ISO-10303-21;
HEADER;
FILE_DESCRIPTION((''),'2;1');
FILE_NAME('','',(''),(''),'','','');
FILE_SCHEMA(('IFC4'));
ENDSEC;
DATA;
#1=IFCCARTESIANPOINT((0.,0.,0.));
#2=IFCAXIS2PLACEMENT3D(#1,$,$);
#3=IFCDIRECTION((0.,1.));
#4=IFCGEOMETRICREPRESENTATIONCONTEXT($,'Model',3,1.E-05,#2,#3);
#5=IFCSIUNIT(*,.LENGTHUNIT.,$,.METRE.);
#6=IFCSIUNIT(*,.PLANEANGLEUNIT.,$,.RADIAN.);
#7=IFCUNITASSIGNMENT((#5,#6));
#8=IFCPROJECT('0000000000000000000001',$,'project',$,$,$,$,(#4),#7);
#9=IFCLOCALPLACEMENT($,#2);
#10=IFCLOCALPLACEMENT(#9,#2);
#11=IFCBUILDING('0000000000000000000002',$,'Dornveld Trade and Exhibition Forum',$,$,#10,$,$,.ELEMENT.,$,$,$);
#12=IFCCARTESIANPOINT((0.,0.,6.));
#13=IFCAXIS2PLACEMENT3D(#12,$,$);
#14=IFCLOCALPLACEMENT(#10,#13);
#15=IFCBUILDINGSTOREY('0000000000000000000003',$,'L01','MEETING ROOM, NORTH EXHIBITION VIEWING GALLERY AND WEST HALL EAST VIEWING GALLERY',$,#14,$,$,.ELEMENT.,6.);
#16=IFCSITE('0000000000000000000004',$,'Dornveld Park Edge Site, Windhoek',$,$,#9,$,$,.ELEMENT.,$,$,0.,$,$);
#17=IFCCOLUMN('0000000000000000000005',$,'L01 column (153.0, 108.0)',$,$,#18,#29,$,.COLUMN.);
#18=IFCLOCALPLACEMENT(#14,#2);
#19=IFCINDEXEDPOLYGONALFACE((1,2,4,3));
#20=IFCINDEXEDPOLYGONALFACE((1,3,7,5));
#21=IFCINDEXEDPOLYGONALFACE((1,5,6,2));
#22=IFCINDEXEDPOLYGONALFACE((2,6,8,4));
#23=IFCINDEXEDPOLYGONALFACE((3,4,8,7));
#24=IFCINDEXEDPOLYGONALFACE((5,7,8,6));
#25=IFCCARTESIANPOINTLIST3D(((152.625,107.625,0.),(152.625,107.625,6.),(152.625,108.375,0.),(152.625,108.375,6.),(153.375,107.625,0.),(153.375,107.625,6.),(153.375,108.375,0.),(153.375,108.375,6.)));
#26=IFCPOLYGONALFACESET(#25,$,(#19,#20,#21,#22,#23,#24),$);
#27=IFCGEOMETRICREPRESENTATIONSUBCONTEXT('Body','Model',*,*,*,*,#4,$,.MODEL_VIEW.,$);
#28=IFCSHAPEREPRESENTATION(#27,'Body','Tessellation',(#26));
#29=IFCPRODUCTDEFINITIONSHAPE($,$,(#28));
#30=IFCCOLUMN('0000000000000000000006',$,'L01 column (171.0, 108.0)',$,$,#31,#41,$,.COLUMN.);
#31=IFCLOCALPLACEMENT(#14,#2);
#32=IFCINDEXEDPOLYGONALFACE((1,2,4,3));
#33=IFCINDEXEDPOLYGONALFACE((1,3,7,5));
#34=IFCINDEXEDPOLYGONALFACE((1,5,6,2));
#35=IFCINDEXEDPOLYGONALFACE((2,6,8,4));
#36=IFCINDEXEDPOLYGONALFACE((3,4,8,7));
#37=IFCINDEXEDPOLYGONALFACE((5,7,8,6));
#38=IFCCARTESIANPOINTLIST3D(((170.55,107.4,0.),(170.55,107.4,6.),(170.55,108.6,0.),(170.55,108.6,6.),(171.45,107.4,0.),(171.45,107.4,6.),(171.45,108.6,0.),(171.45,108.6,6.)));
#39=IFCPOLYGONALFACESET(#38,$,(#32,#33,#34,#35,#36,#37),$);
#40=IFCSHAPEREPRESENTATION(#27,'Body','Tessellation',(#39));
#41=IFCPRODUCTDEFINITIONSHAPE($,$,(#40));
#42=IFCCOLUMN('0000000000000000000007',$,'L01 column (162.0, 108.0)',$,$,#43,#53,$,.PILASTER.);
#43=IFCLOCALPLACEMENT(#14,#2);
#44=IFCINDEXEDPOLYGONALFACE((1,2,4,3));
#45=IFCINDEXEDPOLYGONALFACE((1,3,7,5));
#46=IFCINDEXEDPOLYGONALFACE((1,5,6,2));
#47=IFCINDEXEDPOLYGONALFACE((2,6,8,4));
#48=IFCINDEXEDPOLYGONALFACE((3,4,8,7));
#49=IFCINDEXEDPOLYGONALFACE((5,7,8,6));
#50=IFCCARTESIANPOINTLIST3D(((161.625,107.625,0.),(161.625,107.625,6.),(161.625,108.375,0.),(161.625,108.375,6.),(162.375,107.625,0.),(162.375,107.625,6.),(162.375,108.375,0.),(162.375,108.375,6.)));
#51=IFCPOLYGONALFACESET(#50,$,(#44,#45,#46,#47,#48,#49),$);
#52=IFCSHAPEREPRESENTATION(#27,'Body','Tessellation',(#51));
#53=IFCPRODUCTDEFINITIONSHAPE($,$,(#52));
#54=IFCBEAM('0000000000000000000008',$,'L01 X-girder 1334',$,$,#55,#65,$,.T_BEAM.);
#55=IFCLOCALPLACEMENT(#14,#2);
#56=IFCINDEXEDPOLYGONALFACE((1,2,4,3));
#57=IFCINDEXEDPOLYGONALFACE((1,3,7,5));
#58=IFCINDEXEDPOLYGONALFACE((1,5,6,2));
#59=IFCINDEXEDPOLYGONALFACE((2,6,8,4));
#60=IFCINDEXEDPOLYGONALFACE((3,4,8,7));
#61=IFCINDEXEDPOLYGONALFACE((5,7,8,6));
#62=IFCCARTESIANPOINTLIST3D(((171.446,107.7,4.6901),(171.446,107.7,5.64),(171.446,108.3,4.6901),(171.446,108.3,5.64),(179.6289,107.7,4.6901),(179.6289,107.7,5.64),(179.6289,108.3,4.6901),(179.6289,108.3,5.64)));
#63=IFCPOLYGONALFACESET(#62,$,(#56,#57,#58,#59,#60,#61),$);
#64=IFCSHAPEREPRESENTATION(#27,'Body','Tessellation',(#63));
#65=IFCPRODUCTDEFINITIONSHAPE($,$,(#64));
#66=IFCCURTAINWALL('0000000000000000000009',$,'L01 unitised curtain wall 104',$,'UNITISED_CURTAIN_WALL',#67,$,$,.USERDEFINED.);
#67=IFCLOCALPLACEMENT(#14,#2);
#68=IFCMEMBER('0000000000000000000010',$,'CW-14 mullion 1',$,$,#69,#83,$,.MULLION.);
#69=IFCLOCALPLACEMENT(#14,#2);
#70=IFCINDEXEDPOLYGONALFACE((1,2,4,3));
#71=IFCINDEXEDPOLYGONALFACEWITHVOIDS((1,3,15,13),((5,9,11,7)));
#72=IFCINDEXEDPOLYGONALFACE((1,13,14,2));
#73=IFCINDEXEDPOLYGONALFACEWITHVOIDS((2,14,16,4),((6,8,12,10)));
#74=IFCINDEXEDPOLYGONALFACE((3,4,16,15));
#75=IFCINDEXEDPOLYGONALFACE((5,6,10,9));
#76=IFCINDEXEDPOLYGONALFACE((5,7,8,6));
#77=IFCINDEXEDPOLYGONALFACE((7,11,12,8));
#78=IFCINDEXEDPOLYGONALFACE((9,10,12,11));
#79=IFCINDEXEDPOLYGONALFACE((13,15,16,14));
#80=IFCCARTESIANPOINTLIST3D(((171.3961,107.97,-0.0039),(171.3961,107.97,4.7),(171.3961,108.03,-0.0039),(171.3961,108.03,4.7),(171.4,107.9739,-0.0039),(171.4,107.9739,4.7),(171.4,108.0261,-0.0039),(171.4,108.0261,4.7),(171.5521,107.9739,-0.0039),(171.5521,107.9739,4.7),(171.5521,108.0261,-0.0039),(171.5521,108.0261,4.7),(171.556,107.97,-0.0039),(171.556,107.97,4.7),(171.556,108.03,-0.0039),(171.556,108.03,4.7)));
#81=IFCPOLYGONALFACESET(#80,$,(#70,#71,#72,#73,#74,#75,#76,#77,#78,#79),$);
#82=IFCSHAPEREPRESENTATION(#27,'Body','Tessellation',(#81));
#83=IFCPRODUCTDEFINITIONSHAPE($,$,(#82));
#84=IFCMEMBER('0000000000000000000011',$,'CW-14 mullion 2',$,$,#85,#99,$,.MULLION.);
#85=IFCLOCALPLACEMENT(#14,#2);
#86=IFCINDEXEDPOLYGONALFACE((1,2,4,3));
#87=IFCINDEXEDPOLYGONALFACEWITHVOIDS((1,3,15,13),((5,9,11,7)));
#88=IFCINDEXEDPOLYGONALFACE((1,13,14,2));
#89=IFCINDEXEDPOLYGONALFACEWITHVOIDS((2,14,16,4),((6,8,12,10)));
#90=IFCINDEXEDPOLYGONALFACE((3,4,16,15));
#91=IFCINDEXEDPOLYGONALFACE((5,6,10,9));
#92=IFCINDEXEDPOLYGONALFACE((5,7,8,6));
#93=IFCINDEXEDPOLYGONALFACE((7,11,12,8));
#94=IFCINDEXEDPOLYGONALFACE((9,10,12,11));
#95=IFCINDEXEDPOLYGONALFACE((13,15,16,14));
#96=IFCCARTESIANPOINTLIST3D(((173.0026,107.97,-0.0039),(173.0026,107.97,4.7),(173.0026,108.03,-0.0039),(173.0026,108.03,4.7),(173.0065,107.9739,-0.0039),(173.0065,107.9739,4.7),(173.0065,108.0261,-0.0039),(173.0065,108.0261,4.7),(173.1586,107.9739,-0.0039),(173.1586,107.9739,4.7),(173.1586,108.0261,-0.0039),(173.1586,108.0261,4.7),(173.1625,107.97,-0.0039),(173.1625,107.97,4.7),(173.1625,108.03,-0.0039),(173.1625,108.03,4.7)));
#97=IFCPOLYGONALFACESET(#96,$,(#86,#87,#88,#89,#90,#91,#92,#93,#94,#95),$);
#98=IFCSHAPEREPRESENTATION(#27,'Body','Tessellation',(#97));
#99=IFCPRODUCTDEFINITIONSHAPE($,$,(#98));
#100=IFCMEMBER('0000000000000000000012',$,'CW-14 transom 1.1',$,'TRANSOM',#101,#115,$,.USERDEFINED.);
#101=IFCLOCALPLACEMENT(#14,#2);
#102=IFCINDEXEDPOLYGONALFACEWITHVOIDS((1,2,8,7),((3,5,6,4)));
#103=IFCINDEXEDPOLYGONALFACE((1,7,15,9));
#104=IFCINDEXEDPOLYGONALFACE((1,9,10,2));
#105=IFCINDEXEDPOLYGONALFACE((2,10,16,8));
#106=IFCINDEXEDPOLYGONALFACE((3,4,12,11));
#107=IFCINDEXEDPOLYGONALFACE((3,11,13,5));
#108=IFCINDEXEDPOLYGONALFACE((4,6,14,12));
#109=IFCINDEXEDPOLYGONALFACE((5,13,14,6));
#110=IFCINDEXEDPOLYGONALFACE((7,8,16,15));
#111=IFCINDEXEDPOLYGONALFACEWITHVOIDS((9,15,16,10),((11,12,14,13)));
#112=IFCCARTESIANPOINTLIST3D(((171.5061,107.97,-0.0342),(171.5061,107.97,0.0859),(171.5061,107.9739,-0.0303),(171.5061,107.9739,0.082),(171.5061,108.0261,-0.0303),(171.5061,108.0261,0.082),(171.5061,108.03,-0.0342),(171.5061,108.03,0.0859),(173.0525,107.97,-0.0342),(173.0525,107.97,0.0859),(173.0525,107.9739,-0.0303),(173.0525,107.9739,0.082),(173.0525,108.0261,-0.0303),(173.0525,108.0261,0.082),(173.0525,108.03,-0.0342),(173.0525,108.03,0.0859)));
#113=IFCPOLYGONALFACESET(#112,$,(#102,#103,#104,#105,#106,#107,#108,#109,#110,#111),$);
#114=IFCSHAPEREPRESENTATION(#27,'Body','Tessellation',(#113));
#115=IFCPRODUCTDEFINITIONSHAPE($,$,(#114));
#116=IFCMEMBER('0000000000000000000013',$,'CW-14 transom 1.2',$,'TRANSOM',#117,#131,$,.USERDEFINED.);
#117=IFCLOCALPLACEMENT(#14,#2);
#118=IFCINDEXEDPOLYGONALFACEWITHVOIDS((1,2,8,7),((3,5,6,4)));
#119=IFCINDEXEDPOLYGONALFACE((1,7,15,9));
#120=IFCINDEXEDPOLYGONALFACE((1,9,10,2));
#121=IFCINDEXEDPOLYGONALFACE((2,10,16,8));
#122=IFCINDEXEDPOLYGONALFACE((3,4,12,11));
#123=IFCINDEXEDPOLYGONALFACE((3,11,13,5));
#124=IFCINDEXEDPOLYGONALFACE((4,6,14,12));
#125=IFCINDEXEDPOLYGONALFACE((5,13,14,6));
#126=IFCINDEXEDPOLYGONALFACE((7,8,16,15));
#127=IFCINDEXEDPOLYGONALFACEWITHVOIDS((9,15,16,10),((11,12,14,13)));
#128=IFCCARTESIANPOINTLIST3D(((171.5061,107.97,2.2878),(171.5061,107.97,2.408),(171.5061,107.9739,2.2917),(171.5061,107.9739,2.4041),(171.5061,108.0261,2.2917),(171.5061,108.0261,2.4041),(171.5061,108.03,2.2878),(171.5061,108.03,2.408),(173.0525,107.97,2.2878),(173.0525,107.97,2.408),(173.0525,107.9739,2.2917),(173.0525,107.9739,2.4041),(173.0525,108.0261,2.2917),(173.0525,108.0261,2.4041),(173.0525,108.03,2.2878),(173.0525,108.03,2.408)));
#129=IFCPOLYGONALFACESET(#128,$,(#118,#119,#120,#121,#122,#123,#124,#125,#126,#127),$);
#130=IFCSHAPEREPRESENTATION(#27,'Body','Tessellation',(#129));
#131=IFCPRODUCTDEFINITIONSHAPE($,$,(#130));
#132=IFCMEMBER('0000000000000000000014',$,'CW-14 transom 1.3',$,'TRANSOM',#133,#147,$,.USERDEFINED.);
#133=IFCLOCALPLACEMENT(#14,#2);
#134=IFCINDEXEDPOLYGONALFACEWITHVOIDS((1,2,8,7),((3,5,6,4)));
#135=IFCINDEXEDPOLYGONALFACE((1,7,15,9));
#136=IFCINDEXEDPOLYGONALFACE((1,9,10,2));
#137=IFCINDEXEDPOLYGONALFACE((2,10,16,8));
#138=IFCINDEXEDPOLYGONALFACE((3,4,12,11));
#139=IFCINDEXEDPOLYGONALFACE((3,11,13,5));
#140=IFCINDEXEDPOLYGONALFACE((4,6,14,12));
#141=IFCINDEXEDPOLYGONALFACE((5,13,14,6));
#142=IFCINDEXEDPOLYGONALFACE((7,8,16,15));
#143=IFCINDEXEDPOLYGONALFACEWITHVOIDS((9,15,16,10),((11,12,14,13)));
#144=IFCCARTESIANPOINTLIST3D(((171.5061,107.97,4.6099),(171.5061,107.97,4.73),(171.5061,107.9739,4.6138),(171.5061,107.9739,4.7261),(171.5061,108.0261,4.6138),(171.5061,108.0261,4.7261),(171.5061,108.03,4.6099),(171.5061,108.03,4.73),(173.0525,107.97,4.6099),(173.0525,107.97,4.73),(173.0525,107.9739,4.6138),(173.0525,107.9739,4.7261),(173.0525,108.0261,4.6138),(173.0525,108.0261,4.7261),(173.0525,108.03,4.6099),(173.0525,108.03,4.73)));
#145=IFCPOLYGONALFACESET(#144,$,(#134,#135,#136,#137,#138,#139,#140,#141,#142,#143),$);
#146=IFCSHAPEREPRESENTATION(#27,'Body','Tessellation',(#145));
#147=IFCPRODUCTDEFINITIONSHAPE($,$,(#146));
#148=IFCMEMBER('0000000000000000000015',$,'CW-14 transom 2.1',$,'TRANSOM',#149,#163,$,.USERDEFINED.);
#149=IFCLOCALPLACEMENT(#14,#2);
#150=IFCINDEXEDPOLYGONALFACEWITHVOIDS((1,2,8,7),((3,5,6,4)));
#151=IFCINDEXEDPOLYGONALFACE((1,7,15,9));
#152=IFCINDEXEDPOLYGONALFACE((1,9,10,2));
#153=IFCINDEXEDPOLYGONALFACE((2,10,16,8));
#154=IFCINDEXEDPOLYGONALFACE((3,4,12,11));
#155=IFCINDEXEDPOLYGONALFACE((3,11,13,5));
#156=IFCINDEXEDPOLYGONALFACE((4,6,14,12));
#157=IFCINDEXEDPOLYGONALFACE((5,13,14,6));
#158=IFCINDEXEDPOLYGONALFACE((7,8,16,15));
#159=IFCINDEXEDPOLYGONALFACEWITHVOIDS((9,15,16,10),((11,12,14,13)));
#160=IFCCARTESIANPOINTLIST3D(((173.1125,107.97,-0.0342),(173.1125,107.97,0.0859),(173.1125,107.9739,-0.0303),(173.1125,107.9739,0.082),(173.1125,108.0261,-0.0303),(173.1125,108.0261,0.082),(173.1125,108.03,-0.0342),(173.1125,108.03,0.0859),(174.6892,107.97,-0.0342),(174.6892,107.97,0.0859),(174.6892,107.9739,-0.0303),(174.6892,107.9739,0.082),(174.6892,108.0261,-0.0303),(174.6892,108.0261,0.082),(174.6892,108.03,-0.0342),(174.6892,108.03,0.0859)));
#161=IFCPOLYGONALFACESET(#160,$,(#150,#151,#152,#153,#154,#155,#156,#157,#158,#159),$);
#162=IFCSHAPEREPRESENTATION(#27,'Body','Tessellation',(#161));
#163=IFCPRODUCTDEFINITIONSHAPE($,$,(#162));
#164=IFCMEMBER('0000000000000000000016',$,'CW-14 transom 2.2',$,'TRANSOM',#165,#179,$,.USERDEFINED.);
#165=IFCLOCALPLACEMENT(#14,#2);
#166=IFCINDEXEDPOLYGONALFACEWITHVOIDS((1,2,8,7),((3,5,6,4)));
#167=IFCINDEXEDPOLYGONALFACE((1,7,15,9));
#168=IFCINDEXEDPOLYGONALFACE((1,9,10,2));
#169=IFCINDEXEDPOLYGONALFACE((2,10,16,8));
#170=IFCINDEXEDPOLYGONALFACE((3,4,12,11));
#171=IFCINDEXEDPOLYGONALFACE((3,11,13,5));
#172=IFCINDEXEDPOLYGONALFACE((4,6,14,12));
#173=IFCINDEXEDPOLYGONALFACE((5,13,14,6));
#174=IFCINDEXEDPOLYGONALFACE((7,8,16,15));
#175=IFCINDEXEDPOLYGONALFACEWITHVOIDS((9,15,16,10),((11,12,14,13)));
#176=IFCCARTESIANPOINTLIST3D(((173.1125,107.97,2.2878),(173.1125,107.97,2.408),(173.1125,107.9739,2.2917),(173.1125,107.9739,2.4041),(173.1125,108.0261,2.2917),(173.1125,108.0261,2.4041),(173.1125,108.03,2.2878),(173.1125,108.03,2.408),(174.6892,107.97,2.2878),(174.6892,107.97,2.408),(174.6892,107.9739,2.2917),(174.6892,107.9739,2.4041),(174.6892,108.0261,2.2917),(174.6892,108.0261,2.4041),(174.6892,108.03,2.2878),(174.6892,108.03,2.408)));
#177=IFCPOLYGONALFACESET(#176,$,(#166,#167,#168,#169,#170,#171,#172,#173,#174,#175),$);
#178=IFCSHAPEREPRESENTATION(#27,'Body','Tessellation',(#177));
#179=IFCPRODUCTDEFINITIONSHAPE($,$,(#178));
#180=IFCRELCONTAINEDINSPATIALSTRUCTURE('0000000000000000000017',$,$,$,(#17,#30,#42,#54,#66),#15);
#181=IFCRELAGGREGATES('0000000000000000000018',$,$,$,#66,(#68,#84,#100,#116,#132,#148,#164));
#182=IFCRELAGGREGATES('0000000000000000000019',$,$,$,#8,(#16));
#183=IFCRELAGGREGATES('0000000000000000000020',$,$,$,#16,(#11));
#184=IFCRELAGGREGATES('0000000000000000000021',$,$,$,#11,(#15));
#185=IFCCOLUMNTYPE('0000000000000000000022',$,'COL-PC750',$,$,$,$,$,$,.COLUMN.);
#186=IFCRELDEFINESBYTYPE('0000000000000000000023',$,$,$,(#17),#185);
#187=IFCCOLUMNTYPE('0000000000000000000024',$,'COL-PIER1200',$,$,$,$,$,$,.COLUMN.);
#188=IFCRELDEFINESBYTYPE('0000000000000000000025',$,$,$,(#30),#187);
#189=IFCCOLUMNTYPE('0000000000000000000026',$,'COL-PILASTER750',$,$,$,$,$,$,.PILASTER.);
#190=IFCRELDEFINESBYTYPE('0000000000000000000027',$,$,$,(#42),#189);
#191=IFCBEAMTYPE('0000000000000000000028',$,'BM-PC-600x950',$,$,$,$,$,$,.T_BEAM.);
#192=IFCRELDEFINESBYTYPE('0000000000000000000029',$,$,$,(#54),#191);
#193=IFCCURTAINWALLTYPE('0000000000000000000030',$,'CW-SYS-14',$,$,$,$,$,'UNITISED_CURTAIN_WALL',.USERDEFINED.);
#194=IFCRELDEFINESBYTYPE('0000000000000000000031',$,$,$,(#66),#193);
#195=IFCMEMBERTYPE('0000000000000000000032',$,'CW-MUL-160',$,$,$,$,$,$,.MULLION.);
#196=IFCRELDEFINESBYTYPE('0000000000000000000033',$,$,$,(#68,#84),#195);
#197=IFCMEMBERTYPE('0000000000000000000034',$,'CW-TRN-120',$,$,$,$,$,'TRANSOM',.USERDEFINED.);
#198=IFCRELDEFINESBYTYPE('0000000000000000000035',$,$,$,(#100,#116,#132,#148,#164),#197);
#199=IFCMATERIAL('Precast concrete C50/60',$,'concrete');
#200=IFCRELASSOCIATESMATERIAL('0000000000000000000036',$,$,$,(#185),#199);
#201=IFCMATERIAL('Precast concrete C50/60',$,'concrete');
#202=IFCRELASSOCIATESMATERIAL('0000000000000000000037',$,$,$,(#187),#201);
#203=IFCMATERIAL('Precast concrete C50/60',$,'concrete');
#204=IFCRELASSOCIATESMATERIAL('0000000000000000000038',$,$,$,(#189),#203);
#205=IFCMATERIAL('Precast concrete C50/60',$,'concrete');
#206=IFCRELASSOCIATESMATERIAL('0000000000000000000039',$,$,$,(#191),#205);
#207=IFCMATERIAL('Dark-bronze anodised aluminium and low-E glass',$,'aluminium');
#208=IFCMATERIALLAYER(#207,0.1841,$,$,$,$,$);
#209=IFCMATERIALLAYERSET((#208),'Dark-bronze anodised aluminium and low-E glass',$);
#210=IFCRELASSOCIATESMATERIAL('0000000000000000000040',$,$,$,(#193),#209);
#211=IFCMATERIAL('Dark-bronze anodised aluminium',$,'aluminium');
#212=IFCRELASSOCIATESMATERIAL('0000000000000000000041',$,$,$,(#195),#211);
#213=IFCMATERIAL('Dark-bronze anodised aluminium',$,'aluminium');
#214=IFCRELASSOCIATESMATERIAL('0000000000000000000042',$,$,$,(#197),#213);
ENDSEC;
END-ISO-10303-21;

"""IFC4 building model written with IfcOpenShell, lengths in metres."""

from ifc_helpers import new_model, si_unit, direction, frame, origin, origin_2d, place, context, subcontext, project, spatial, rectangle, hollow_rectangle, extrude, material, layer, layer_set, material_profile, profile_set, type_object, element, aggregate, save


model = new_model("IFC4")

# Units and contexts
model_context = context("Model", 3, precision=1e-05, world=origin(), true_north=direction((0.0, 1.0)))
body_context = subcontext(model_context, "Body", "Model", "MODEL_VIEW")
ifc_project = project(units=[si_unit("LENGTHUNIT", "METRE"), si_unit("PLANEANGLEUNIT", "RADIAN")], contexts=[model_context])

# Site, building, storey
site_placement = place(None, origin())
site = spatial("IfcSite", under=ifc_project, at=site_placement, Name="Dornveld Park Edge Site, Windhoek", CompositionType="ELEMENT", RefElevation=0.0)
building_placement = place(site_placement, origin())
building = spatial("IfcBuilding", under=site, at=building_placement, Name="Dornveld Trade and Exhibition Forum", CompositionType="ELEMENT")
storey_placement = place(building_placement, frame((0.0, 0.0, 6.0)))
storey = spatial("IfcBuildingStorey", under=building, at=storey_placement, Name="L01", Description="MEETING ROOM, NORTH EXHIBITION VIEWING GALLERY AND WEST HALL EAST VIEWING GALLERY", CompositionType="ELEMENT", Elevation=6.0)

# Columns
ifc_material_1 = material(Name="Precast concrete C50/60", Category="concrete")
ifc_material_profile_1 = material_profile(ifc_material_1, rectangle(XDim=0.75, YDim=0.75, at=origin_2d()), Name="PC-COL 750x750")
ifc_profile_set_1 = profile_set([ifc_material_profile_1], Name="Precast concrete C50/60")
column_type_1 = type_object("IfcColumnType", Name="COL-PC750", PredefinedType="COLUMN", material=ifc_profile_set_1)
column_1_placement = place(storey_placement, frame((153.0, 108.0, 0.0), z_axis=(0.0, 0.0, 1.0), x_axis=(1.0, 0.0, 0.0)))
element("IfcColumn", 1, at=column_1_placement, inside=storey, type_object=column_type_1, Name="L01 column (153.0, 108.0)", PredefinedType="COLUMN", context=body_context, shape_type="SweptSolid", body=[
    extrude(rectangle(XDim=0.75, YDim=0.75, at=origin_2d()), origin(), (0.0, 0.0, 1.0), 6.0),
])
ifc_material_2 = material(Name="Precast concrete C50/60", Category="concrete")
ifc_material_profile_2 = material_profile(ifc_material_2, rectangle(XDim=1.2, YDim=0.8999, at=origin_2d()), Name="PC-PIER 1200x900")
ifc_profile_set_2 = profile_set([ifc_material_profile_2], Name="Precast concrete C50/60")
column_type_2 = type_object("IfcColumnType", Name="COL-PIER1200", PredefinedType="COLUMN", material=ifc_profile_set_2)
column_2_placement = place(storey_placement, frame((171.0, 108.0, 0.0), z_axis=(0.0, 0.0, 1.0), x_axis=(0.0, 1.0, 0.0)))
element("IfcColumn", 2, at=column_2_placement, inside=storey, type_object=column_type_2, Name="L01 column (171.0, 108.0)", PredefinedType="COLUMN", context=body_context, shape_type="SweptSolid", body=[
    extrude(rectangle(XDim=1.2, YDim=0.8999, at=origin_2d()), origin(), (0.0, 0.0, 1.0), 6.0),
])
ifc_material_3 = material(Name="Precast concrete C50/60", Category="concrete")
ifc_material_profile_3 = material_profile(ifc_material_3, rectangle(XDim=0.75, YDim=0.75, at=origin_2d()), Name="PC-COL 750x750")
ifc_profile_set_3 = profile_set([ifc_material_profile_3], Name="Precast concrete C50/60")
column_type_3 = type_object("IfcColumnType", Name="COL-PILASTER750", PredefinedType="PILASTER", material=ifc_profile_set_3)
column_3_placement = place(storey_placement, frame((162.0, 108.0, 0.0), z_axis=(0.0, 0.0, 1.0), x_axis=(1.0, 0.0, 0.0)))
element("IfcColumn", 3, at=column_3_placement, inside=storey, type_object=column_type_3, Name="L01 column (162.0, 108.0)", PredefinedType="PILASTER", context=body_context, shape_type="SweptSolid", body=[
    extrude(rectangle(XDim=0.75, YDim=0.75, at=origin_2d()), origin(), (0.0, 0.0, 1.0), 6.0),
])

# Beam
ifc_material_4 = material(Name="Precast concrete C50/60", Category="concrete")
ifc_material_profile_4 = material_profile(ifc_material_4, rectangle(XDim=0.6001, YDim=0.95, at=origin_2d()), Name="PC-GIR 600x950")
ifc_profile_set_4 = profile_set([ifc_material_profile_4], Name="Precast concrete C50/60")
beam_type = type_object("IfcBeamType", Name="BM-PC-600x950", PredefinedType="T_BEAM", material=ifc_profile_set_4)
beam_placement = place(storey_placement, frame((171.446, 108.0, 5.165), z_axis=(1.0, 0.0, 0.0), x_axis=(0.0, 1.0, 0.0)))
element("IfcBeam", 4, at=beam_placement, inside=storey, type_object=beam_type, Name="L01 X-girder 1334", PredefinedType="T_BEAM", context=body_context, shape_type="SweptSolid", body=[
    extrude(rectangle(XDim=0.6001, YDim=0.95, at=origin_2d()), origin(), (0.0, 0.0, 1.0), 8.1829),
])

# Curtain wall, members
ifc_material_5 = material(Name="Dark-bronze anodised aluminium and low-E glass", Category="aluminium")
ifc_layer_1 = layer(ifc_material_5, 0.1841)
ifc_layer_set_1 = layer_set([ifc_layer_1], Name="Dark-bronze anodised aluminium and low-E glass")
curtain_wall_type = type_object("IfcCurtainWallType", Name="CW-SYS-14", ElementType="UNITISED_CURTAIN_WALL", PredefinedType="USERDEFINED", material=ifc_layer_set_1)
curtain_wall_placement = place(storey_placement, origin())
curtain_wall = element("IfcCurtainWall", 5, at=curtain_wall_placement, inside=storey, type_object=curtain_wall_type, Name="L01 unitised curtain wall 104", ObjectType="UNITISED_CURTAIN_WALL", PredefinedType="USERDEFINED")
ifc_material_6 = material(Name="Dark-bronze anodised aluminium", Category="aluminium")
ifc_material_profile_5 = material_profile(ifc_material_6, hollow_rectangle(XDim=0.0601, YDim=0.1599, WallThickness=0.0039, at=origin_2d()), Name="RHS 160x60x4")
ifc_profile_set_5 = profile_set([ifc_material_profile_5], Name="Dark-bronze anodised aluminium")
member_type_1 = type_object("IfcMemberType", Name="CW-MUL-160", PredefinedType="MULLION", material=ifc_profile_set_5)
member_1_placement = place(storey_placement, frame((171.4761, 108.0, -0.0039), z_axis=(0.0, 0.0, 1.0), x_axis=(0.0, 1.0, 0.0)))
member_1 = element("IfcMember", 6, at=member_1_placement, type_object=member_type_1, Name="CW-14 mullion 1", PredefinedType="MULLION", context=body_context, shape_type="SweptSolid", body=[
    extrude(hollow_rectangle(XDim=0.0601, YDim=0.1599, WallThickness=0.0039, at=origin_2d()), origin(), (0.0, 0.0, 1.0), 4.7039),
])
member_2_placement = place(storey_placement, frame((173.0825, 108.0, -0.0039), z_axis=(0.0, 0.0, 1.0), x_axis=(0.0, 1.0, 0.0)))
member_2 = element("IfcMember", 7, at=member_2_placement, type_object=member_type_1, Name="CW-14 mullion 2", PredefinedType="MULLION", context=body_context, shape_type="SweptSolid", body=[
    extrude(hollow_rectangle(XDim=0.0601, YDim=0.1599, WallThickness=0.0039, at=origin_2d()), origin(), (0.0, 0.0, 1.0), 4.7039),
])
ifc_material_7 = material(Name="Dark-bronze anodised aluminium", Category="aluminium")
ifc_material_profile_6 = material_profile(ifc_material_7, hollow_rectangle(XDim=0.0601, YDim=0.1201, WallThickness=0.0039, at=origin_2d()), Name="RHS 120x60x4")
ifc_profile_set_6 = profile_set([ifc_material_profile_6], Name="Dark-bronze anodised aluminium")
member_type_2 = type_object("IfcMemberType", Name="CW-TRN-120", ElementType="TRANSOM", PredefinedType="USERDEFINED", material=ifc_profile_set_6)
member_3_placement = place(storey_placement, frame((171.5061, 108.0, 0.0259), z_axis=(1.0, 0.0, 0.0), x_axis=(0.0, 1.0, 0.0)))
member_3 = element("IfcMember", 8, at=member_3_placement, type_object=member_type_2, Name="CW-14 transom 1.1", ObjectType="TRANSOM", PredefinedType="USERDEFINED", context=body_context, shape_type="SweptSolid", body=[
    extrude(hollow_rectangle(XDim=0.0601, YDim=0.1201, WallThickness=0.0039, at=origin_2d()), origin(), (0.0, 0.0, 1.0), 1.5464),
])
member_4_placement = place(storey_placement, frame((171.5061, 108.0, 2.3479), z_axis=(1.0, 0.0, 0.0), x_axis=(0.0, 1.0, 0.0)))
member_4 = element("IfcMember", 9, at=member_4_placement, type_object=member_type_2, Name="CW-14 transom 1.2", ObjectType="TRANSOM", PredefinedType="USERDEFINED", context=body_context, shape_type="SweptSolid", body=[
    extrude(hollow_rectangle(XDim=0.0601, YDim=0.1201, WallThickness=0.0039, at=origin_2d()), origin(), (0.0, 0.0, 1.0), 1.5464),
])
member_5_placement = place(storey_placement, frame((171.5061, 108.0, 4.6699), z_axis=(1.0, 0.0, 0.0), x_axis=(0.0, 1.0, 0.0)))
member_5 = element("IfcMember", 10, at=member_5_placement, type_object=member_type_2, Name="CW-14 transom 1.3", ObjectType="TRANSOM", PredefinedType="USERDEFINED", context=body_context, shape_type="SweptSolid", body=[
    extrude(hollow_rectangle(XDim=0.0601, YDim=0.1201, WallThickness=0.0039, at=origin_2d()), origin(), (0.0, 0.0, 1.0), 1.5464),
])
member_6_placement = place(storey_placement, frame((173.1125, 108.0, 0.0259), z_axis=(1.0, 0.0, 0.0), x_axis=(0.0, 1.0, 0.0)))
member_6 = element("IfcMember", 11, at=member_6_placement, type_object=member_type_2, Name="CW-14 transom 2.1", ObjectType="TRANSOM", PredefinedType="USERDEFINED", context=body_context, shape_type="SweptSolid", body=[
    extrude(hollow_rectangle(XDim=0.0601, YDim=0.1201, WallThickness=0.0039, at=origin_2d()), origin(), (0.0, 0.0, 1.0), 1.5767),
])
member_7_placement = place(storey_placement, frame((173.1125, 108.0, 2.3479), z_axis=(1.0, 0.0, 0.0), x_axis=(0.0, 1.0, 0.0)))
member_7 = element("IfcMember", 12, at=member_7_placement, type_object=member_type_2, Name="CW-14 transom 2.2", ObjectType="TRANSOM", PredefinedType="USERDEFINED", context=body_context, shape_type="SweptSolid", body=[
    extrude(hollow_rectangle(XDim=0.0601, YDim=0.1201, WallThickness=0.0039, at=origin_2d()), origin(), (0.0, 0.0, 1.0), 1.5767),
])

aggregate(curtain_wall, [member_1, member_2, member_3, member_4, member_5, member_6, member_7])

save(model, "model.ifc")
